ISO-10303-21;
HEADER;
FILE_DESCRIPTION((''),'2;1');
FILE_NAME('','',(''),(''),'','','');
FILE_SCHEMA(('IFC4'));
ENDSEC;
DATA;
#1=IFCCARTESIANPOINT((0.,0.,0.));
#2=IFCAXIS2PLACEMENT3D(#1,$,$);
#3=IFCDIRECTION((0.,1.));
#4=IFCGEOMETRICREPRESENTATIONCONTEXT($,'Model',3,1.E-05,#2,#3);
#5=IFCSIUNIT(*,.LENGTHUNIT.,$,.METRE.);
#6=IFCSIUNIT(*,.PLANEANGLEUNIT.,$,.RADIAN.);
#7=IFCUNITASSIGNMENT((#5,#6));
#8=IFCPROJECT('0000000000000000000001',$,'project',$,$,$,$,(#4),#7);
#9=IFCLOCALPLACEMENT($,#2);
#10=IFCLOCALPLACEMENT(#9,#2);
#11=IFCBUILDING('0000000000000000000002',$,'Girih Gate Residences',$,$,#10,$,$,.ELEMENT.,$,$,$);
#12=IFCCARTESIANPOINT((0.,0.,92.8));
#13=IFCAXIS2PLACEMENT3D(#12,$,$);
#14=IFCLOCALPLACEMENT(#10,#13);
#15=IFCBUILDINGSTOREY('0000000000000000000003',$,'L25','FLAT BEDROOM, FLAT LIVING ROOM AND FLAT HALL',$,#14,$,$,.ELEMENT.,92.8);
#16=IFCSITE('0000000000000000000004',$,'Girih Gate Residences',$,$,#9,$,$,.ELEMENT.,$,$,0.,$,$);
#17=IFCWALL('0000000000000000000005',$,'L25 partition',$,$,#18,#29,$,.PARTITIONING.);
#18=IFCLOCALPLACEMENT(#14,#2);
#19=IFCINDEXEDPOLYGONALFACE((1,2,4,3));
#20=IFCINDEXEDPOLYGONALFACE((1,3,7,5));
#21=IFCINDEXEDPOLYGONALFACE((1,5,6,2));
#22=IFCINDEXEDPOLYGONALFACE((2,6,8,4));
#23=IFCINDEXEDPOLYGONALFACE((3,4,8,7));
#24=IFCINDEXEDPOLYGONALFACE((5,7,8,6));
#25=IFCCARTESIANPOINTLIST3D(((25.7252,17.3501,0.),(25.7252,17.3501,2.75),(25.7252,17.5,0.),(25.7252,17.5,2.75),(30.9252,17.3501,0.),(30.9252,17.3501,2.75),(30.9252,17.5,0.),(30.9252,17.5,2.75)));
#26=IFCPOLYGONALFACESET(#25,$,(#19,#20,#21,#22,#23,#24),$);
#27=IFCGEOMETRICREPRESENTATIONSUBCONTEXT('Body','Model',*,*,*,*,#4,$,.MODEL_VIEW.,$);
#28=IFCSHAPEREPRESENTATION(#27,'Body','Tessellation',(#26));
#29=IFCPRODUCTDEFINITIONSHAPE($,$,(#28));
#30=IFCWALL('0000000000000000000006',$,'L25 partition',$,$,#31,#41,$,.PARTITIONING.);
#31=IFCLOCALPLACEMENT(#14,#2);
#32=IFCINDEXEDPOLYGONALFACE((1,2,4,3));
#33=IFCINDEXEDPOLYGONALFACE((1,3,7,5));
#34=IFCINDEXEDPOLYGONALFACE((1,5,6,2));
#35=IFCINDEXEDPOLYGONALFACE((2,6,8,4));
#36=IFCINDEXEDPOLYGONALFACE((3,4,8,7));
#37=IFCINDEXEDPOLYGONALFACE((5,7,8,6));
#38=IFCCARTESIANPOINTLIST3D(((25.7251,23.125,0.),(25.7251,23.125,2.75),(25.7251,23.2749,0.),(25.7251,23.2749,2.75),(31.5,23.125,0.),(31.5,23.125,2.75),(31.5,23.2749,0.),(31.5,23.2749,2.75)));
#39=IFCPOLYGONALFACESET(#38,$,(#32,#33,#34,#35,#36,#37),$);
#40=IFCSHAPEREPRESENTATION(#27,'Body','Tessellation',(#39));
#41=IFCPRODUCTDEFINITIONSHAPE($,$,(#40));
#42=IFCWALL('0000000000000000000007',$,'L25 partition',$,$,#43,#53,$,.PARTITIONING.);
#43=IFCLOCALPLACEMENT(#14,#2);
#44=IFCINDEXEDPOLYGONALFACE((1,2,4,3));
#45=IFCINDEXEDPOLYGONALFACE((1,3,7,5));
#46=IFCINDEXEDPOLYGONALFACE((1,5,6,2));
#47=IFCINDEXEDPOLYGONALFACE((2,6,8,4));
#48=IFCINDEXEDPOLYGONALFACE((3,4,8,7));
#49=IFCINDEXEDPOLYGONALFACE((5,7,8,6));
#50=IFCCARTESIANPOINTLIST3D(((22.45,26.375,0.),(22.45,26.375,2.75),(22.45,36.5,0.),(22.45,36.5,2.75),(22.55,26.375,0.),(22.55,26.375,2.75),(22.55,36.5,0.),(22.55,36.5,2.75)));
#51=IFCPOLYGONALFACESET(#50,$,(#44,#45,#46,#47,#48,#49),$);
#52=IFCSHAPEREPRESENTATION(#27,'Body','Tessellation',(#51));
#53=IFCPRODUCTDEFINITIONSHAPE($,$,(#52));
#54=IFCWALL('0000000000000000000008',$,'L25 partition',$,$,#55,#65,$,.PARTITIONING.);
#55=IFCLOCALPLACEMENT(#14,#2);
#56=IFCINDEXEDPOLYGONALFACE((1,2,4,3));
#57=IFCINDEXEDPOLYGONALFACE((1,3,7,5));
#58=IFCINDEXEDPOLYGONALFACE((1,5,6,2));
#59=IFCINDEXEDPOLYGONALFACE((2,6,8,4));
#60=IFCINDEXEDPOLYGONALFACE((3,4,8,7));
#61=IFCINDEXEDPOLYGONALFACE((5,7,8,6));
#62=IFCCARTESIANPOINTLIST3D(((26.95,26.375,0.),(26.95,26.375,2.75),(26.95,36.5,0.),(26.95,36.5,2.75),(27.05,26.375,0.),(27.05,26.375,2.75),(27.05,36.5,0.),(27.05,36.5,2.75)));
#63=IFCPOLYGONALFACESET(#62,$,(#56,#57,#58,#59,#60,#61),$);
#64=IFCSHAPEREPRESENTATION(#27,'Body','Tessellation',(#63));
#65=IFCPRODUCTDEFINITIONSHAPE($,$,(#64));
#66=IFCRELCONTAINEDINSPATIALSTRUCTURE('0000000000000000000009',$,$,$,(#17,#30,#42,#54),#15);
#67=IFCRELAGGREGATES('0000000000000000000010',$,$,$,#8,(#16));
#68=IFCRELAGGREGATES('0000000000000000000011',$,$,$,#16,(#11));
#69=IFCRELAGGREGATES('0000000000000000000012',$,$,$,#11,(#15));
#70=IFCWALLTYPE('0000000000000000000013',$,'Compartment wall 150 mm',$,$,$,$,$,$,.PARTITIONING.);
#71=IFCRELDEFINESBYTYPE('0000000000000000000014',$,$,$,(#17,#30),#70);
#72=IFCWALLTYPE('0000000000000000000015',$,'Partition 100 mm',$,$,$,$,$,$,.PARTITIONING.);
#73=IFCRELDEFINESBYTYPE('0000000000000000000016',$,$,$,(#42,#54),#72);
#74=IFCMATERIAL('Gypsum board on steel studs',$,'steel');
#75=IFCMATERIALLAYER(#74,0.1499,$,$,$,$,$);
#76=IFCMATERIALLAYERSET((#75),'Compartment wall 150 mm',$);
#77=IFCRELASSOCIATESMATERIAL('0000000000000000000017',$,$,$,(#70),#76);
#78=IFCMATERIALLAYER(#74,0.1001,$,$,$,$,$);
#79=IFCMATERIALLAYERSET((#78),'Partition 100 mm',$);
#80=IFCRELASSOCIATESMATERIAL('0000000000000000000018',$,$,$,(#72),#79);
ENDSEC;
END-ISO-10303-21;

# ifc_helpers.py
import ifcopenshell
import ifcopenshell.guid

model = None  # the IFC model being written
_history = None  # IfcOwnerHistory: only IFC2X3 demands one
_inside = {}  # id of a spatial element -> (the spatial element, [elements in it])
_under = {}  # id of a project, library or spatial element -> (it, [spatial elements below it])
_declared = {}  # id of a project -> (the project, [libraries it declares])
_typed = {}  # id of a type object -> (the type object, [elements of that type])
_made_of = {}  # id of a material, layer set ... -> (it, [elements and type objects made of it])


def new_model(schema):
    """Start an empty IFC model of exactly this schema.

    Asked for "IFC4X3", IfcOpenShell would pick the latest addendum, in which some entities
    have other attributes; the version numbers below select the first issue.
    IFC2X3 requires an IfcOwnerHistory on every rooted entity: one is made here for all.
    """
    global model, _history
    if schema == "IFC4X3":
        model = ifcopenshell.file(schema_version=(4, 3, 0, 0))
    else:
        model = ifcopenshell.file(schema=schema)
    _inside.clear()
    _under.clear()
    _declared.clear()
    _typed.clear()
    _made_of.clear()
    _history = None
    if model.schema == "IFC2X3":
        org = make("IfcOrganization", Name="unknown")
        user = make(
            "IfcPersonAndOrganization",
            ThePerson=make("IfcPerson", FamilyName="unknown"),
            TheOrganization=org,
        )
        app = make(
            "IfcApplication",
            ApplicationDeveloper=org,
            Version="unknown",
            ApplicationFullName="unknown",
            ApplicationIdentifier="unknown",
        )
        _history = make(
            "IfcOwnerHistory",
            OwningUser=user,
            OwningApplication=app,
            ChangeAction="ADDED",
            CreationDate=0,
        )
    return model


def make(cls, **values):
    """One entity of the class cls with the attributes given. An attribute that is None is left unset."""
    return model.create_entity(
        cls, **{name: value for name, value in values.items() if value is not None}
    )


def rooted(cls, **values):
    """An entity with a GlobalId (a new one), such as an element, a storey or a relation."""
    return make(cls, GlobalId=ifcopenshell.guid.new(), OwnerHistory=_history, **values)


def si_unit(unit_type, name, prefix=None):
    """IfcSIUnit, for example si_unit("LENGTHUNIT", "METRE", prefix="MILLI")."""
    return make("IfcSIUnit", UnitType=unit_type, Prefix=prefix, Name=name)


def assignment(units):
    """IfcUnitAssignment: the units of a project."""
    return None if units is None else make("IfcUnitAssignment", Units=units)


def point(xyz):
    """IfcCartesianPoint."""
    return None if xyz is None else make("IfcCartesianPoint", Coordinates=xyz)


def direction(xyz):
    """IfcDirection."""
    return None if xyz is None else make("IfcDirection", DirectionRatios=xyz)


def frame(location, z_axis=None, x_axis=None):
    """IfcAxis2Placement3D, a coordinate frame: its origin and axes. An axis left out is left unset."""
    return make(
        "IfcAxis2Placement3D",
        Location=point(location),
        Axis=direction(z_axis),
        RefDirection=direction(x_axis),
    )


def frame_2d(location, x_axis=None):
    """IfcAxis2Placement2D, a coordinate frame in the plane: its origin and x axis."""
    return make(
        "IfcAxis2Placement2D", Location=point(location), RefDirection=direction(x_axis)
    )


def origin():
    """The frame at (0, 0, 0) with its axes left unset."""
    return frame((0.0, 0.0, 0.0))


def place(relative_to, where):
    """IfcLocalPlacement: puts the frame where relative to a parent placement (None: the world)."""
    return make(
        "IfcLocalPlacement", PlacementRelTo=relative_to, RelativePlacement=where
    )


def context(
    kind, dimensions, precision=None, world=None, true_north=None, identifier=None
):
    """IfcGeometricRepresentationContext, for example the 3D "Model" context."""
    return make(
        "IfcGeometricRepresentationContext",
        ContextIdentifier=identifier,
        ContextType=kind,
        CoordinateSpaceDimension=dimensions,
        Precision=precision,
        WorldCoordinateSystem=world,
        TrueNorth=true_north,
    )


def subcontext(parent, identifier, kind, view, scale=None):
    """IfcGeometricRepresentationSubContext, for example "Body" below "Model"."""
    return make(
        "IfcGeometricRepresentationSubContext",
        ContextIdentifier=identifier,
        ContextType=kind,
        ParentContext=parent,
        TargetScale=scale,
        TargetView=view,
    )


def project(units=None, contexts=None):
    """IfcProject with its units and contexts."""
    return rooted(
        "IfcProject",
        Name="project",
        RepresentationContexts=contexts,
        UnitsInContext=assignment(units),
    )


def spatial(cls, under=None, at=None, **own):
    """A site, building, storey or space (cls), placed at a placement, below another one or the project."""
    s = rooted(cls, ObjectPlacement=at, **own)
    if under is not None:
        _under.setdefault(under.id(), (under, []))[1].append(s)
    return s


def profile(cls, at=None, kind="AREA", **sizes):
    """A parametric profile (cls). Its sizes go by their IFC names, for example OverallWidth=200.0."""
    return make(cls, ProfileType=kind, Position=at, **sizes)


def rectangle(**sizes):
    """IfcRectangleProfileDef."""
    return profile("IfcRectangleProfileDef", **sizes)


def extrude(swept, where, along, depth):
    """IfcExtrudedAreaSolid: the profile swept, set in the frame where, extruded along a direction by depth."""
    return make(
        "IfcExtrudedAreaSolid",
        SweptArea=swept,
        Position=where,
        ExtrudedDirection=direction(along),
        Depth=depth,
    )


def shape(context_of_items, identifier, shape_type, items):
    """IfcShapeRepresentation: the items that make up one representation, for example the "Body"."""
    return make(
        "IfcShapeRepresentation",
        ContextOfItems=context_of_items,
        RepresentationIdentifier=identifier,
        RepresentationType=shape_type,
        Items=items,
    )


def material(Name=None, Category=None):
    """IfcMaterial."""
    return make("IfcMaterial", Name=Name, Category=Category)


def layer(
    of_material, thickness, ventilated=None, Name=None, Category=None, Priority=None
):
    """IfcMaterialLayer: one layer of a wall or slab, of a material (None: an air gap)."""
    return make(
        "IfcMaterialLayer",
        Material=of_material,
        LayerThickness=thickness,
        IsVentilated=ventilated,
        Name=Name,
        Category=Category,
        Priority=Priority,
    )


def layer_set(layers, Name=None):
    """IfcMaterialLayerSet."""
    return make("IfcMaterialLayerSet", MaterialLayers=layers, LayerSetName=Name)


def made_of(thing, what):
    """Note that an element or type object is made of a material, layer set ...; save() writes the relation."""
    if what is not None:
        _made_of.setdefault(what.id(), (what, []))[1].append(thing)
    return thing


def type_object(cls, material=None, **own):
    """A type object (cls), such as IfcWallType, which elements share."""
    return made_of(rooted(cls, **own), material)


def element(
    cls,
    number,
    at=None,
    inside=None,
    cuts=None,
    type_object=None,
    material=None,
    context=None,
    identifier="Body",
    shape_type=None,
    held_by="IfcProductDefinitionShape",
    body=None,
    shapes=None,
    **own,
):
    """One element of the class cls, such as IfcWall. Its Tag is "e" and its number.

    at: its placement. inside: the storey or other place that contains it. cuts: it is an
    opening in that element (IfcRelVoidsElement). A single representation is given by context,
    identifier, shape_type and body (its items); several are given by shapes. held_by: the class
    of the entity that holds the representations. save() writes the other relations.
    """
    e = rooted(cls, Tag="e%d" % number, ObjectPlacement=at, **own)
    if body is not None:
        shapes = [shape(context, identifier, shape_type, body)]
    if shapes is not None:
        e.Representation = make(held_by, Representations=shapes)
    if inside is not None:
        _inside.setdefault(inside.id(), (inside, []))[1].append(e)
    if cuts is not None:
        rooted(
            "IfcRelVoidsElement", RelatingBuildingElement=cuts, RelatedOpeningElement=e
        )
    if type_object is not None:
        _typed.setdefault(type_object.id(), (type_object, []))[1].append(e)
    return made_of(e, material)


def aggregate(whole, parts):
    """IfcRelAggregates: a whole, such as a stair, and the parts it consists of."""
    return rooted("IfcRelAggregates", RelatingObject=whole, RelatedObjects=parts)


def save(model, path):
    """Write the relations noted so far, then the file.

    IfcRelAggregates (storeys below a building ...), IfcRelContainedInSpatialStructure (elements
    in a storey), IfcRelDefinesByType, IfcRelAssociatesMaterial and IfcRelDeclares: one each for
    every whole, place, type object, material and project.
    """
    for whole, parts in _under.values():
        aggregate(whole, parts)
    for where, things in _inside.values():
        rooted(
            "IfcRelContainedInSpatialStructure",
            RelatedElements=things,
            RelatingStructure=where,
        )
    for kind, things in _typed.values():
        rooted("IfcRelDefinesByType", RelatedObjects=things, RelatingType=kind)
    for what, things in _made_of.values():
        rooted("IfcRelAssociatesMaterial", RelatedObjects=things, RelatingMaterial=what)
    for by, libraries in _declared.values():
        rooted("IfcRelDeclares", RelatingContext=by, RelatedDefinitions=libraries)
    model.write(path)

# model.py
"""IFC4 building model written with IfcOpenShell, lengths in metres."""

from ifc_helpers import new_model, si_unit, direction, frame, frame_2d, origin, place, context, subcontext, project, spatial, rectangle, extrude, material, layer, layer_set, type_object, element, save


model = new_model("IFC4")

# Units and contexts
model_context = context("Model", 3, precision=1e-05, world=origin(), true_north=direction((0.0, 1.0)))
body_context = subcontext(model_context, "Body", "Model", "MODEL_VIEW")
ifc_project = project(units=[si_unit("LENGTHUNIT", "METRE"), si_unit("PLANEANGLEUNIT", "RADIAN")], contexts=[model_context])

# Site, building, storey
site_placement = place(None, origin())
site = spatial("IfcSite", under=ifc_project, at=site_placement, Name="Girih Gate Residences", CompositionType="ELEMENT", RefElevation=0.0)
building_placement = place(site_placement, origin())
building = spatial("IfcBuilding", under=site, at=building_placement, Name="Girih Gate Residences", CompositionType="ELEMENT")
storey_placement = place(building_placement, frame((0.0, 0.0, 92.8)))
storey = spatial("IfcBuildingStorey", under=building, at=storey_placement, Name="L25", Description="FLAT BEDROOM, FLAT LIVING ROOM AND FLAT HALL", CompositionType="ELEMENT", Elevation=92.8)

# Shared definitions
ifc_material_1 = material(Name="Gypsum board on steel studs", Category="steel")
ifc_layer_1 = layer(ifc_material_1, 0.1499)
ifc_layer_set_1 = layer_set([ifc_layer_1], Name="Compartment wall 150 mm")
wall_type_1 = type_object("IfcWallType", Name="Compartment wall 150 mm", PredefinedType="PARTITIONING", material=ifc_layer_set_1)

# Walls
wall_1_placement = place(storey_placement, frame((25.7251, 17.425, 0.0), z_axis=(0.0, 0.0, 1.0), x_axis=(1.0, 0.0, 0.0)))
element("IfcWall", 1, at=wall_1_placement, inside=storey, type_object=wall_type_1, Name="L25 partition", PredefinedType="PARTITIONING", context=body_context, shape_type="SweptSolid", body=[
    extrude(rectangle(XDim=5.2, YDim=0.1499, at=frame_2d((2.6001, 0.0))), origin(), (0.0, 0.0, 1.0), 2.75),
])
wall_2_placement = place(storey_placement, frame((25.7251, 23.2, 0.0), z_axis=(0.0, 0.0, 1.0), x_axis=(1.0, 0.0, 0.0)))
element("IfcWall", 2, at=wall_2_placement, inside=storey, type_object=wall_type_1, Name="L25 partition", PredefinedType="PARTITIONING", context=body_context, shape_type="SweptSolid", body=[
    extrude(rectangle(XDim=5.7749, YDim=0.1499, at=frame_2d((2.8875, 0.0))), origin(), (0.0, 0.0, 1.0), 2.75),
])
ifc_layer_2 = layer(ifc_material_1, 0.1001)
ifc_layer_set_2 = layer_set([ifc_layer_2], Name="Partition 100 mm")
wall_type_2 = type_object("IfcWallType", Name="Partition 100 mm", PredefinedType="PARTITIONING", material=ifc_layer_set_2)
for number, where, z_axis, x_axis, name in (
    (3, (22.5, 26.375, 0.0), (0.0, 0.0, 1.0), (0.0, 1.0, 0.0), "L25 partition"),
    (4, (27.0, 26.375, 0.0), (0.0, 0.0, 1.0), (0.0, 1.0, 0.0), "L25 partition"),
):
    element("IfcWall", number, at=place(storey_placement, frame(where, z_axis=z_axis, x_axis=x_axis)), inside=storey, type_object=wall_type_2, Name=name, PredefinedType="PARTITIONING", context=body_context, shape_type="SweptSolid", body=[
        extrude(rectangle(XDim=10.125, YDim=0.1001, at=frame_2d((5.0625, 0.0))), origin(), (0.0, 0.0, 1.0), 2.75),
    ])

save(model, "model.ifc")
